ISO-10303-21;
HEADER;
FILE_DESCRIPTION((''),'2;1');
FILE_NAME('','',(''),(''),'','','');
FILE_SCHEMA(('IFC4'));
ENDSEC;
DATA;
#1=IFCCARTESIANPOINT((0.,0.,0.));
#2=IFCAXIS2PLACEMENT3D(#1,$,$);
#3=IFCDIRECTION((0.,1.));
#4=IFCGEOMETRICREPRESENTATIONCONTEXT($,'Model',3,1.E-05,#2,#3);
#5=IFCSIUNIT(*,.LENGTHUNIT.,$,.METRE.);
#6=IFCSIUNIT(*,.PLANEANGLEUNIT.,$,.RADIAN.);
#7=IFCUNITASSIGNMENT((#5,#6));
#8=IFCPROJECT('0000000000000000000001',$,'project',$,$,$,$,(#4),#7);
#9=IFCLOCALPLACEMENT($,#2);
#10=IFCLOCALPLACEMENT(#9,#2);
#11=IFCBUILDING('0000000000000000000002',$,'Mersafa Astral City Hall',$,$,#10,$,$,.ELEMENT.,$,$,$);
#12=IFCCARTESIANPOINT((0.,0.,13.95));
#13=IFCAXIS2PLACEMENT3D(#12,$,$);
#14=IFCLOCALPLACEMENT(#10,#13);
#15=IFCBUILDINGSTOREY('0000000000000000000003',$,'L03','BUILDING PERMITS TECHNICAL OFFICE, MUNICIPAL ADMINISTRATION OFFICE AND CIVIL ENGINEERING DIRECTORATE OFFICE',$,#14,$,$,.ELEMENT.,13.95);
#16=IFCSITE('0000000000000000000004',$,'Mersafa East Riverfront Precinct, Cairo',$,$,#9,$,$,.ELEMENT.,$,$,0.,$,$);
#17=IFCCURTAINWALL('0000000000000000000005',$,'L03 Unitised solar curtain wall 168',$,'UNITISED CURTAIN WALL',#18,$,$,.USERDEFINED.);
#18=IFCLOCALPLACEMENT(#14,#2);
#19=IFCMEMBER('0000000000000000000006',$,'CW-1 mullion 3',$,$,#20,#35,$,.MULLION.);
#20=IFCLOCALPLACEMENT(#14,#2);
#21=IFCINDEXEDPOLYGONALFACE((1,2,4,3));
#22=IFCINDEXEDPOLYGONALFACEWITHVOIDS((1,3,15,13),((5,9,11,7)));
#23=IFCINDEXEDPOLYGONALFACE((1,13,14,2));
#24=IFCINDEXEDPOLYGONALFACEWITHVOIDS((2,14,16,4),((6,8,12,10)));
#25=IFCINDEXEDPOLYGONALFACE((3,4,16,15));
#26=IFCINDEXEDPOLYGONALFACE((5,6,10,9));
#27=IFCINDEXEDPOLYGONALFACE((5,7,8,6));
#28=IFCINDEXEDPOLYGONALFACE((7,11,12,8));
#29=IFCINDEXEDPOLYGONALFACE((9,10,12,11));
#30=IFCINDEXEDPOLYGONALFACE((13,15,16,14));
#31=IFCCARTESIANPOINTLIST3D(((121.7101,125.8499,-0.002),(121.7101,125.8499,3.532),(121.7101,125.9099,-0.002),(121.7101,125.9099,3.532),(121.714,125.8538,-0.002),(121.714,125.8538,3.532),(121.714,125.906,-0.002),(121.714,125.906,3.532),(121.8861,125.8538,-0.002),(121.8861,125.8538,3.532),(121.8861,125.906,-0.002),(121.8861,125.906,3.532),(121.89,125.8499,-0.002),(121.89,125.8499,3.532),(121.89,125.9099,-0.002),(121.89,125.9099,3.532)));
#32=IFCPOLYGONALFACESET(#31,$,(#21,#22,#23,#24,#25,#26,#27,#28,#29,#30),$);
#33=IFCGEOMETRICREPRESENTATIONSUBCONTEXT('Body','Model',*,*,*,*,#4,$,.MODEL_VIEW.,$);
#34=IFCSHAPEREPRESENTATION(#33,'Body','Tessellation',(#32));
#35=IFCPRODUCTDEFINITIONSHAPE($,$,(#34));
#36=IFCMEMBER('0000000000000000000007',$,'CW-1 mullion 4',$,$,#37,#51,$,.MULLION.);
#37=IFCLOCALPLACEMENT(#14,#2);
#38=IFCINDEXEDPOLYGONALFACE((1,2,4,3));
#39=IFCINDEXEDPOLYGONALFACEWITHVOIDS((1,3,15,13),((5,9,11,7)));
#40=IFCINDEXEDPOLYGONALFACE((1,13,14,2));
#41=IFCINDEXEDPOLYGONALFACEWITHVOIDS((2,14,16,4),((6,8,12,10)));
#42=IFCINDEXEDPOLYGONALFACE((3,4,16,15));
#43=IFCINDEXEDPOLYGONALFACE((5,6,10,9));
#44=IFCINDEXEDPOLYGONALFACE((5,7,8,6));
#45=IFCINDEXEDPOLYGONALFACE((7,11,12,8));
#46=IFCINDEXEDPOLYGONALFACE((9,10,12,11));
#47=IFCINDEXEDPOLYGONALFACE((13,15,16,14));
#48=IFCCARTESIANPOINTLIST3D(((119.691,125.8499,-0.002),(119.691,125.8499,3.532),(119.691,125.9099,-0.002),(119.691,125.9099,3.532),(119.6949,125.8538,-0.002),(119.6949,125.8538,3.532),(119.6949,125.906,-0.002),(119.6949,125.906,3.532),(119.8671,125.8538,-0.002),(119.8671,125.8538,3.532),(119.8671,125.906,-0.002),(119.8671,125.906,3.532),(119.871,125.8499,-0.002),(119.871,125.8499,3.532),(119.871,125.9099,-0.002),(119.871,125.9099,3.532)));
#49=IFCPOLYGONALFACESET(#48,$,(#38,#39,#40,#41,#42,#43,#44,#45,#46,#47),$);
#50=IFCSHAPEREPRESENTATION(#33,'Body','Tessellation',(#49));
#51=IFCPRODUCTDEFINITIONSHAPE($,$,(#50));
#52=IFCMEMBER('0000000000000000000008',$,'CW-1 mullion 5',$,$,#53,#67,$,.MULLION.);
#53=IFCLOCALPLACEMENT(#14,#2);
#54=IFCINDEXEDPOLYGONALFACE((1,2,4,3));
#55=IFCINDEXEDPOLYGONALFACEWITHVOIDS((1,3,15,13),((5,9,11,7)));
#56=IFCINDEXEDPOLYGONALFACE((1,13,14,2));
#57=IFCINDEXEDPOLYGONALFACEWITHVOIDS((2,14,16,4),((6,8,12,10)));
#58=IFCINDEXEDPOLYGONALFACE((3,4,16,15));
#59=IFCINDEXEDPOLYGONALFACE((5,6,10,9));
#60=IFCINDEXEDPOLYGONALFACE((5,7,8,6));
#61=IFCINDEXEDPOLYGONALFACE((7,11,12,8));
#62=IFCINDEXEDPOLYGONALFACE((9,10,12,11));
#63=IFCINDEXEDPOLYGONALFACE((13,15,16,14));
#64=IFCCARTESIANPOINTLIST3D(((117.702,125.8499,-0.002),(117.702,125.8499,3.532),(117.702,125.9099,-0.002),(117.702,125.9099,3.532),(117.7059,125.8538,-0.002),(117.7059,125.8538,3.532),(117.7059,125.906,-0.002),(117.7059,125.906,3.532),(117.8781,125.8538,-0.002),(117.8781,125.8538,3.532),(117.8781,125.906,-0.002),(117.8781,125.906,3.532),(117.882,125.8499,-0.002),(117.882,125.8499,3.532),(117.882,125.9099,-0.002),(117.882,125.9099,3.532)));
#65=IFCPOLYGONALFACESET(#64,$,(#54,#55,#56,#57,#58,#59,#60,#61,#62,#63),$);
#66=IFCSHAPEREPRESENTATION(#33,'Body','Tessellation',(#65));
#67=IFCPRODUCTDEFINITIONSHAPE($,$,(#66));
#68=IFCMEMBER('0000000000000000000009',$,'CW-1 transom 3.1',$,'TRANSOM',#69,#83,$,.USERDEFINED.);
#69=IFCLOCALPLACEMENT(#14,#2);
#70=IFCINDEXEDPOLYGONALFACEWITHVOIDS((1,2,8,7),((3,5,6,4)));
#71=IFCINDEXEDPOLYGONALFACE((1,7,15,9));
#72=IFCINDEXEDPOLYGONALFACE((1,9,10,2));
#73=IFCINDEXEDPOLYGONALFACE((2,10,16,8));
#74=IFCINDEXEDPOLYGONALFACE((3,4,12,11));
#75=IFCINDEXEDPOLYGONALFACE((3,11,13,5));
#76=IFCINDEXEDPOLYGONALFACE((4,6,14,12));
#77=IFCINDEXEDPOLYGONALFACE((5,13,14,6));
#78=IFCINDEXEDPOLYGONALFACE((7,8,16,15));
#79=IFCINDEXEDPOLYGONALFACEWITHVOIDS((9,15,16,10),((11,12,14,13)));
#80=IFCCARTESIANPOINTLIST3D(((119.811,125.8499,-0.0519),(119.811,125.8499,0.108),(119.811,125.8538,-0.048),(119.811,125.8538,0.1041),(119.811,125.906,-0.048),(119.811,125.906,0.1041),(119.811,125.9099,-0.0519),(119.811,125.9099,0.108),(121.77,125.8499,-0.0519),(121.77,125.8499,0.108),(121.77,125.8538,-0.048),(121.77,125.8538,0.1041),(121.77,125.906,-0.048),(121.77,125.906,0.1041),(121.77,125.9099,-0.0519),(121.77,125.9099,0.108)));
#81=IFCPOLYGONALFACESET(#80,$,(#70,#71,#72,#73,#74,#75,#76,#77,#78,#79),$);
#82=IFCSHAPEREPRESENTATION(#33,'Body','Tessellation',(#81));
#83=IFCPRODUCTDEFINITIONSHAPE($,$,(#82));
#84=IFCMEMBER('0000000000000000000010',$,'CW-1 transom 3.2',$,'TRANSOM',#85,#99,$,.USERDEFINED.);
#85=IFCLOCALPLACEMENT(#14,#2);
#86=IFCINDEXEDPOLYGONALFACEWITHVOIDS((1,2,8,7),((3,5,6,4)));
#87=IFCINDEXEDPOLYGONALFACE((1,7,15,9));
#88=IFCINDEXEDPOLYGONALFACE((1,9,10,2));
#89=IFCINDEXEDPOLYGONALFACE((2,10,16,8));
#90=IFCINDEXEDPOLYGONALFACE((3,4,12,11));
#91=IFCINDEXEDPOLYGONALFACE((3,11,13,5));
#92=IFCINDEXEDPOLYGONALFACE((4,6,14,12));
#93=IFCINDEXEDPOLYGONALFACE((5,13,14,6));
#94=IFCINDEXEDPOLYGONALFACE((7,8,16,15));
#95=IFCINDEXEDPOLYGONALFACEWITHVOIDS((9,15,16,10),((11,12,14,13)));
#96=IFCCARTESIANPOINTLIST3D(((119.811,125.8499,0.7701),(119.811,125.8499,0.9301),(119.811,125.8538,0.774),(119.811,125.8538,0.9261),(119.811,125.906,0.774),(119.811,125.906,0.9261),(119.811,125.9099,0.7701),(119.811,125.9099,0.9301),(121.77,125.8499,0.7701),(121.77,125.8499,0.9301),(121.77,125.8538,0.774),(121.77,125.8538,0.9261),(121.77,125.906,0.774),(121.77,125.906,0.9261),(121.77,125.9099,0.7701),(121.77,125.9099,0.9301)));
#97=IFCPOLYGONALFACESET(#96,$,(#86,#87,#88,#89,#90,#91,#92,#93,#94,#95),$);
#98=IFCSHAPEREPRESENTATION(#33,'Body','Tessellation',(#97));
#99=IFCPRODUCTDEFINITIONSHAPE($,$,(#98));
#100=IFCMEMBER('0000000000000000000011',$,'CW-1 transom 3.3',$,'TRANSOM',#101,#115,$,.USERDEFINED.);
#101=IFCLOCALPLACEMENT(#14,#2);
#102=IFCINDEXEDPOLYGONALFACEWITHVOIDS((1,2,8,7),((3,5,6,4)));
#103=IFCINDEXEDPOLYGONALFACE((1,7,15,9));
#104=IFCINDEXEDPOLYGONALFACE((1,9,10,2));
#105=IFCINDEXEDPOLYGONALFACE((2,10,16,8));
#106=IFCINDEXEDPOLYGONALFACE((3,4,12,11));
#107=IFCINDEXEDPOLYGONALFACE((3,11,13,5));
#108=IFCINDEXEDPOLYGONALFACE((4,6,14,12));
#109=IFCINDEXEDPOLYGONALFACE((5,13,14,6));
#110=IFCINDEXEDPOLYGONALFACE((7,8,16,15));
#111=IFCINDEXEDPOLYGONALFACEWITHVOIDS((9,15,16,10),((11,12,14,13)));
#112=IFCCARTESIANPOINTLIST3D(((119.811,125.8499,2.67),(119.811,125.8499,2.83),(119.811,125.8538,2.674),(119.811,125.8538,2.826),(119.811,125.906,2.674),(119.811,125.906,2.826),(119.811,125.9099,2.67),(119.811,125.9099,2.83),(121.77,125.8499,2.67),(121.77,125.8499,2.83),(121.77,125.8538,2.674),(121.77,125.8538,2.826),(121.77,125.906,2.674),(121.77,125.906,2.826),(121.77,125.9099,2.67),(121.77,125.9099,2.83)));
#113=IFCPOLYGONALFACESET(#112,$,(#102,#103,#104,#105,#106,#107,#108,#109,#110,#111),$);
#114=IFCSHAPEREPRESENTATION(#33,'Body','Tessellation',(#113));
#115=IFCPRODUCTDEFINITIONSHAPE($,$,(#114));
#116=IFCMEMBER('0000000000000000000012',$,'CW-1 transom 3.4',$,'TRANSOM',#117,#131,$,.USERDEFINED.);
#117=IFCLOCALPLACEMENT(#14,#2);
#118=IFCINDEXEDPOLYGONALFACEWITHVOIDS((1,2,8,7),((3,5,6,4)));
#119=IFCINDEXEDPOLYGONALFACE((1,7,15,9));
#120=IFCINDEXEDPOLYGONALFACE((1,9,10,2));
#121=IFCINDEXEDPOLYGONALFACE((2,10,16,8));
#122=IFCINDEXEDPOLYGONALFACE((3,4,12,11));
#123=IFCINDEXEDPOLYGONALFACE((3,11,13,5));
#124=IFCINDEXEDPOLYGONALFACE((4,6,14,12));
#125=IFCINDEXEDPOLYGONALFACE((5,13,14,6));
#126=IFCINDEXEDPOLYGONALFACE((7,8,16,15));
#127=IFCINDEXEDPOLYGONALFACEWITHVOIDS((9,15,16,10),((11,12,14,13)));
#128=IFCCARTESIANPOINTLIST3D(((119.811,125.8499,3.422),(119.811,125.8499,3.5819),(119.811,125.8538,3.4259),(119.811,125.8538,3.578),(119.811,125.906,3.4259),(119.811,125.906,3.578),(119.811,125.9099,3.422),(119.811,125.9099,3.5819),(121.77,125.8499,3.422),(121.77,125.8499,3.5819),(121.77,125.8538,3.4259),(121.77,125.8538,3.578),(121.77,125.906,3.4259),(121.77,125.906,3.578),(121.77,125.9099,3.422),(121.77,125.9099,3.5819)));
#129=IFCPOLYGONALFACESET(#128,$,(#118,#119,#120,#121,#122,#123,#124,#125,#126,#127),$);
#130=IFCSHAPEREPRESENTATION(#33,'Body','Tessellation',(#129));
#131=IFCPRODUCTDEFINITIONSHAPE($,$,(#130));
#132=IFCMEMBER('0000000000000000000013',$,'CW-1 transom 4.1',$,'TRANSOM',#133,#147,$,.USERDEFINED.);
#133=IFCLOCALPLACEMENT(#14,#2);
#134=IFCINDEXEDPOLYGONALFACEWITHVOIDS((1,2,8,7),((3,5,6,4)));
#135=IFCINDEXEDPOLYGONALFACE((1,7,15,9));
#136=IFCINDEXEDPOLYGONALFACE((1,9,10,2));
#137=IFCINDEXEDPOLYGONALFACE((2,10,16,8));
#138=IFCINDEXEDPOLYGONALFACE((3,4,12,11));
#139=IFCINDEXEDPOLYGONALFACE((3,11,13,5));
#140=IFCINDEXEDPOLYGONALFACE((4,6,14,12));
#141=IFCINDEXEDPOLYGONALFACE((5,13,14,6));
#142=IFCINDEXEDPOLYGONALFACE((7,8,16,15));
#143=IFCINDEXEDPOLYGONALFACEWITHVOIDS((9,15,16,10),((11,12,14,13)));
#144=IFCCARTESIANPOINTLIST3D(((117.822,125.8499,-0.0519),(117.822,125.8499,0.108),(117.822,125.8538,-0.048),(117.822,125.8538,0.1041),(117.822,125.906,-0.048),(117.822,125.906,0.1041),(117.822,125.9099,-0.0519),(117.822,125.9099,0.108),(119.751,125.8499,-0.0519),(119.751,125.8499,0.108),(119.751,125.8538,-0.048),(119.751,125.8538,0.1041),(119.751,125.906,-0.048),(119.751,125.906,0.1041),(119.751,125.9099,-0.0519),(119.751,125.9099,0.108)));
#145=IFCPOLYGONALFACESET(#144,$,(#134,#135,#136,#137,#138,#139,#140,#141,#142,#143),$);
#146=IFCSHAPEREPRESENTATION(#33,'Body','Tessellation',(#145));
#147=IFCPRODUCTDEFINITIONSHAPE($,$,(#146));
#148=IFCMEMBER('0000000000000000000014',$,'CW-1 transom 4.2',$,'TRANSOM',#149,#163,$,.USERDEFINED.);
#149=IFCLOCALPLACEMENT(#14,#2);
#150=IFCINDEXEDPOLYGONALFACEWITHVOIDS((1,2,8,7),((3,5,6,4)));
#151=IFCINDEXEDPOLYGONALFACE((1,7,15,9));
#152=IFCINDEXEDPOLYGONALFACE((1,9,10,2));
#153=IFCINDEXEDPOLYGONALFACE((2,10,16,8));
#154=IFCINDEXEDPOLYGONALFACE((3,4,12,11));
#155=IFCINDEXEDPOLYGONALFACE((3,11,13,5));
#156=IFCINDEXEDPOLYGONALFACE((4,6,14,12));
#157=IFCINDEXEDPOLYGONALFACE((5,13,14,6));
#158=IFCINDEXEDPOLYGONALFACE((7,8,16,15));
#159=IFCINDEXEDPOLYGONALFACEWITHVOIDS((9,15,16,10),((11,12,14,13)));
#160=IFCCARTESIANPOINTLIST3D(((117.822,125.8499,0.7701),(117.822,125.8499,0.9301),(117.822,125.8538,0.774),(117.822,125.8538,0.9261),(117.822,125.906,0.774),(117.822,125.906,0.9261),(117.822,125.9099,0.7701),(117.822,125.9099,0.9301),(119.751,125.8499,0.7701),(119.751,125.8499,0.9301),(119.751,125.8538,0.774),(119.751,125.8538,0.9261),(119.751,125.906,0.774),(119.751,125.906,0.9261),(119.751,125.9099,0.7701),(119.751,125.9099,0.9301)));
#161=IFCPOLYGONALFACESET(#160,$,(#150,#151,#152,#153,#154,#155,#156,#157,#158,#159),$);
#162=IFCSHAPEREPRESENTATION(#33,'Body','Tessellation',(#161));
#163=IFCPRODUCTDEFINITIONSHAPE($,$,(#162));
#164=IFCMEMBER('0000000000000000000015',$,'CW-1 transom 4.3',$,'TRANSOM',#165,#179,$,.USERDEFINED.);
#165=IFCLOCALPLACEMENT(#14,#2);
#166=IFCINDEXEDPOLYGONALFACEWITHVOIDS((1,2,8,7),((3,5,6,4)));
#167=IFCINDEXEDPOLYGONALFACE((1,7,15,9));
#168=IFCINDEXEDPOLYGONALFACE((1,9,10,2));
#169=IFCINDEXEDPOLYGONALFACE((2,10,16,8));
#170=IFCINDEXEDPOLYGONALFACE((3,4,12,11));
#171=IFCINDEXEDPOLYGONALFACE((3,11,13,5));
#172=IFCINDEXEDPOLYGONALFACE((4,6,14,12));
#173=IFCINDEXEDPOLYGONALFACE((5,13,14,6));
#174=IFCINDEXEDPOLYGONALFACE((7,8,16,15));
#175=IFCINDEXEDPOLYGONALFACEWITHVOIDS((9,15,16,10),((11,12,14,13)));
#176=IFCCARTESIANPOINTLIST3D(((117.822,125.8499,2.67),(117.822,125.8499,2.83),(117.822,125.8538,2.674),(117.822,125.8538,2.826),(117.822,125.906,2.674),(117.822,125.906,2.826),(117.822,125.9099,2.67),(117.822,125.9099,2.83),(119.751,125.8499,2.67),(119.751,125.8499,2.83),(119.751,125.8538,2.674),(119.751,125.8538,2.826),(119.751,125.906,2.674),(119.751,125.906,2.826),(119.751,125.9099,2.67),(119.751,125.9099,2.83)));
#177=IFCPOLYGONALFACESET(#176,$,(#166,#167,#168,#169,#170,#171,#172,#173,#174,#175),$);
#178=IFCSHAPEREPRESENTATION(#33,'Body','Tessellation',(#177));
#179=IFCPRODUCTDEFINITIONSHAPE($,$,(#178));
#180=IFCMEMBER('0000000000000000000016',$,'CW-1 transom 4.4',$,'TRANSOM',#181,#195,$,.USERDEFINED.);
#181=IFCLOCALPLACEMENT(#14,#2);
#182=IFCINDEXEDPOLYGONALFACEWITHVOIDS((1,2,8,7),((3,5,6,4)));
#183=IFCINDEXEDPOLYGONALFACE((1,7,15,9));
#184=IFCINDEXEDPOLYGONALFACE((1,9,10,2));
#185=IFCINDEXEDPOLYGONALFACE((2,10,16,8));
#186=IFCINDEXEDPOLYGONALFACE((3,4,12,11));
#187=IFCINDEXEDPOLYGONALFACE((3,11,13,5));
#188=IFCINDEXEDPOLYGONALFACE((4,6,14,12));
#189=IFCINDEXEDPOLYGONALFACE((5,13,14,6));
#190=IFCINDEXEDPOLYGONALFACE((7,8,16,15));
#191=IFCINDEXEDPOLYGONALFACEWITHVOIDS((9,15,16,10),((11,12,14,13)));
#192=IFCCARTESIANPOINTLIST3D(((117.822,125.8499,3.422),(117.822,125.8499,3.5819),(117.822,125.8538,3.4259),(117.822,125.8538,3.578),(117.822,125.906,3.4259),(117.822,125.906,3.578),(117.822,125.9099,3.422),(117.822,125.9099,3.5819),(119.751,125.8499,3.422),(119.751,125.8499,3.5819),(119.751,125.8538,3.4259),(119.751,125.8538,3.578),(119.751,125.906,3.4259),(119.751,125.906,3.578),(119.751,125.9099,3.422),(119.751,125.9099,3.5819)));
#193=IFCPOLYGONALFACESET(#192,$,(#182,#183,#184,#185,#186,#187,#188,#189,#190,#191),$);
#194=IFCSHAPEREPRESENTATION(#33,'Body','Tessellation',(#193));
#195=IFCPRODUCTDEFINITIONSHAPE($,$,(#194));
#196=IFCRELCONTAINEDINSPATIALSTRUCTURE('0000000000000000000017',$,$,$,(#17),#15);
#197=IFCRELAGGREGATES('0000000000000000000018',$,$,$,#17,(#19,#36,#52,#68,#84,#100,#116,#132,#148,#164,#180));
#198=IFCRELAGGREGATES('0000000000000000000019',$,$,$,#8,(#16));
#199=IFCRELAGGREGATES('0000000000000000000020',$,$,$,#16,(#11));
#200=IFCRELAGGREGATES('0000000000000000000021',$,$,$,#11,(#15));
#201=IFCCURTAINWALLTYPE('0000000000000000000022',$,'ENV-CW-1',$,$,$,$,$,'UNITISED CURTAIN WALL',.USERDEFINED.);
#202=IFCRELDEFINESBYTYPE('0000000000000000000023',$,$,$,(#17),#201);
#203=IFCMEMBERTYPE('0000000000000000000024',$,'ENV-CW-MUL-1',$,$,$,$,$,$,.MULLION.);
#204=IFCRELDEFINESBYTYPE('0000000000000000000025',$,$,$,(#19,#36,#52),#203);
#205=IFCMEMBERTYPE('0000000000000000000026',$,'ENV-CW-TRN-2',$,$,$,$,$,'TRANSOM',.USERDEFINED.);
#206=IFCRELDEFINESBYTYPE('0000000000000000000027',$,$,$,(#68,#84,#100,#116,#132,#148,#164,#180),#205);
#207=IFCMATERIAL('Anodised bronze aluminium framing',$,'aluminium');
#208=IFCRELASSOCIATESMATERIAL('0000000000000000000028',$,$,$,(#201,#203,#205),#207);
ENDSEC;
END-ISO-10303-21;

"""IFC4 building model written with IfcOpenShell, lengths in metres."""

from ifc_helpers import new_model, si_unit, direction, frame, origin, origin_2d, place, context, subcontext, project, spatial, hollow_rectangle, extrude, material, material_profile, profile_set, type_object, element, aggregate, save


model = new_model("IFC4")

# Units and contexts
model_context = context("Model", 3, precision=1e-05, world=origin(), true_north=direction((0.0, 1.0)))
body_context = subcontext(model_context, "Body", "Model", "MODEL_VIEW")
ifc_project = project(units=[si_unit("LENGTHUNIT", "METRE"), si_unit("PLANEANGLEUNIT", "RADIAN")], contexts=[model_context])

# Site, building, storey
site_placement = place(None, origin())
site = spatial("IfcSite", under=ifc_project, at=site_placement, Name="Mersafa East Riverfront Precinct, Cairo", CompositionType="ELEMENT", RefElevation=0.0)
building_placement = place(site_placement, origin())
building = spatial("IfcBuilding", under=site, at=building_placement, Name="Mersafa Astral City Hall", CompositionType="ELEMENT")
storey_placement = place(building_placement, frame((0.0, 0.0, 13.95)))
storey = spatial("IfcBuildingStorey", under=building, at=storey_placement, Name="L03", Description="BUILDING PERMITS TECHNICAL OFFICE, MUNICIPAL ADMINISTRATION OFFICE AND CIVIL ENGINEERING DIRECTORATE OFFICE", CompositionType="ELEMENT", Elevation=13.95)

# Curtain wall, members
ifc_material_1 = material(Name="Anodised bronze aluminium framing", Category="aluminium")
curtain_wall_type_1 = type_object("IfcCurtainWallType", Name="ENV-CW-1", ElementType="UNITISED CURTAIN WALL", PredefinedType="USERDEFINED", material=ifc_material_1)
curtain_wall_1_placement = place(storey_placement, origin())
curtain_wall_1 = element("IfcCurtainWall", 1, at=curtain_wall_1_placement, inside=storey, type_object=curtain_wall_type_1, Name="L03 Unitised solar curtain wall 168", ObjectType="UNITISED CURTAIN WALL", PredefinedType="USERDEFINED")
ifc_material_profile_1 = material_profile(ifc_material_1, hollow_rectangle(XDim=0.0601, YDim=0.1799, WallThickness=0.0039, at=origin_2d()), Name="RHS 60x180x4")
ifc_profile_set_1 = profile_set([ifc_material_profile_1], Name="Anodised bronze aluminium framing")
member_type_1 = type_object("IfcMemberType", Name="ENV-CW-MUL-1", PredefinedType="MULLION", material=ifc_profile_set_1)
member_1_placement = place(storey_placement, frame((121.8, 125.8799, -0.002), z_axis=(0.0, 0.0, 1.0), x_axis=(0.0, -1.0, 0.0)))
member_1 = element("IfcMember", 2, at=member_1_placement, type_object=member_type_1, Name="CW-1 mullion 3", PredefinedType="MULLION", context=body_context, shape_type="SweptSolid", body=[
    extrude(hollow_rectangle(XDim=0.0601, YDim=0.1799, WallThickness=0.0039, at=origin_2d()), origin(), (0.0, 0.0, 1.0), 3.5339),
])
member_2_placement = place(storey_placement, frame((119.781, 125.8799, -0.002), z_axis=(0.0, 0.0, 1.0), x_axis=(0.0, -1.0, 0.0)))
member_2 = element("IfcMember", 3, at=member_2_placement, type_object=member_type_1, Name="CW-1 mullion 4", PredefinedType="MULLION", context=body_context, shape_type="SweptSolid", body=[
    extrude(hollow_rectangle(XDim=0.0601, YDim=0.1799, WallThickness=0.0039, at=origin_2d()), origin(), (0.0, 0.0, 1.0), 3.5339),
])
member_3_placement = place(storey_placement, frame((117.792, 125.8799, -0.002), z_axis=(0.0, 0.0, 1.0), x_axis=(0.0, -1.0, 0.0)))
member_3 = element("IfcMember", 4, at=member_3_placement, type_object=member_type_1, Name="CW-1 mullion 5", PredefinedType="MULLION", context=body_context, shape_type="SweptSolid", body=[
    extrude(hollow_rectangle(XDim=0.0601, YDim=0.1799, WallThickness=0.0039, at=origin_2d()), origin(), (0.0, 0.0, 1.0), 3.5339),
])
ifc_material_profile_2 = material_profile(ifc_material_1, hollow_rectangle(XDim=0.0601, YDim=0.1599, WallThickness=0.0039, at=origin_2d()), Name="RHS 60x160x4")
ifc_profile_set_2 = profile_set([ifc_material_profile_2], Name="Anodised bronze aluminium framing")
member_type_2 = type_object("IfcMemberType", Name="ENV-CW-TRN-2", ElementType="TRANSOM", PredefinedType="USERDEFINED", material=ifc_profile_set_2)
member_4_placement = place(storey_placement, frame((121.77, 125.8799, 0.0281), z_axis=(-1.0, 0.0, 0.0), x_axis=(0.0, -1.0, 0.0)))
member_4 = element("IfcMember", 5, at=member_4_placement, type_object=member_type_2, Name="CW-1 transom 3.1", ObjectType="TRANSOM", PredefinedType="USERDEFINED", context=body_context, shape_type="SweptSolid", body=[
    extrude(hollow_rectangle(XDim=0.0601, YDim=0.1599, WallThickness=0.0039, at=origin_2d()), origin(), (0.0, 0.0, 1.0), 1.959),
])
member_5_placement = place(storey_placement, frame((121.77, 125.8799, 0.8501), z_axis=(-1.0, 0.0, 0.0), x_axis=(0.0, -1.0, 0.0)))
member_5 = element("IfcMember", 6, at=member_5_placement, type_object=member_type_2, Name="CW-1 transom 3.2", ObjectType="TRANSOM", PredefinedType="USERDEFINED", context=body_context, shape_type="SweptSolid", body=[
    extrude(hollow_rectangle(XDim=0.0601, YDim=0.1599, WallThickness=0.0039, at=origin_2d()), origin(), (0.0, 0.0, 1.0), 1.959),
])
member_6_placement = place(storey_placement, frame((121.77, 125.8799, 2.75), z_axis=(-1.0, 0.0, 0.0), x_axis=(0.0, -1.0, 0.0)))
member_6 = element("IfcMember", 7, at=member_6_placement, type_object=member_type_2, Name="CW-1 transom 3.3", ObjectType="TRANSOM", PredefinedType="USERDEFINED", context=body_context, shape_type="SweptSolid", body=[
    extrude(hollow_rectangle(XDim=0.0601, YDim=0.1599, WallThickness=0.0039, at=origin_2d()), origin(), (0.0, 0.0, 1.0), 1.959),
])
member_7_placement = place(storey_placement, frame((121.77, 125.8799, 3.502), z_axis=(-1.0, 0.0, 0.0), x_axis=(0.0, -1.0, 0.0)))
member_7 = element("IfcMember", 8, at=member_7_placement, type_object=member_type_2, Name="CW-1 transom 3.4", ObjectType="TRANSOM", PredefinedType="USERDEFINED", context=body_context, shape_type="SweptSolid", body=[
    extrude(hollow_rectangle(XDim=0.0601, YDim=0.1599, WallThickness=0.0039, at=origin_2d()), origin(), (0.0, 0.0, 1.0), 1.959),
])
member_8_placement = place(storey_placement, frame((119.751, 125.8799, 0.0281), z_axis=(-1.0, 0.0, 0.0), x_axis=(0.0, -1.0, 0.0)))
member_8 = element("IfcMember", 9, at=member_8_placement, type_object=member_type_2, Name="CW-1 transom 4.1", ObjectType="TRANSOM", PredefinedType="USERDEFINED", context=body_context, shape_type="SweptSolid", body=[
    extrude(hollow_rectangle(XDim=0.0601, YDim=0.1599, WallThickness=0.0039, at=origin_2d()), origin(), (0.0, 0.0, 1.0), 1.929),
])
member_9_placement = place(storey_placement, frame((119.751, 125.8799, 0.8501), z_axis=(-1.0, 0.0, 0.0), x_axis=(0.0, -1.0, 0.0)))
member_9 = element("IfcMember", 10, at=member_9_placement, type_object=member_type_2, Name="CW-1 transom 4.2", ObjectType="TRANSOM", PredefinedType="USERDEFINED", context=body_context, shape_type="SweptSolid", body=[
    extrude(hollow_rectangle(XDim=0.0601, YDim=0.1599, WallThickness=0.0039, at=origin_2d()), origin(), (0.0, 0.0, 1.0), 1.929),
])
member_10_placement = place(storey_placement, frame((119.751, 125.8799, 2.75), z_axis=(-1.0, 0.0, 0.0), x_axis=(0.0, -1.0, 0.0)))
member_10 = element("IfcMember", 11, at=member_10_placement, type_object=member_type_2, Name="CW-1 transom 4.3", ObjectType="TRANSOM", PredefinedType="USERDEFINED", context=body_context, shape_type="SweptSolid", body=[
    extrude(hollow_rectangle(XDim=0.0601, YDim=0.1599, WallThickness=0.0039, at=origin_2d()), origin(), (0.0, 0.0, 1.0), 1.929),
])
member_11_placement = place(storey_placement, frame((119.751, 125.8799, 3.502), z_axis=(-1.0, 0.0, 0.0), x_axis=(0.0, -1.0, 0.0)))
member_11 = element("IfcMember", 12, at=member_11_placement, type_object=member_type_2, Name="CW-1 transom 4.4", ObjectType="TRANSOM", PredefinedType="USERDEFINED", context=body_context, shape_type="SweptSolid", body=[
    extrude(hollow_rectangle(XDim=0.0601, YDim=0.1599, WallThickness=0.0039, at=origin_2d()), origin(), (0.0, 0.0, 1.0), 1.929),
])
aggregate(curtain_wall_1, [member_1, member_2, member_3, member_4, member_5, member_6, member_7, member_8, member_9, member_10, member_11])

save(model, "model.ifc")
